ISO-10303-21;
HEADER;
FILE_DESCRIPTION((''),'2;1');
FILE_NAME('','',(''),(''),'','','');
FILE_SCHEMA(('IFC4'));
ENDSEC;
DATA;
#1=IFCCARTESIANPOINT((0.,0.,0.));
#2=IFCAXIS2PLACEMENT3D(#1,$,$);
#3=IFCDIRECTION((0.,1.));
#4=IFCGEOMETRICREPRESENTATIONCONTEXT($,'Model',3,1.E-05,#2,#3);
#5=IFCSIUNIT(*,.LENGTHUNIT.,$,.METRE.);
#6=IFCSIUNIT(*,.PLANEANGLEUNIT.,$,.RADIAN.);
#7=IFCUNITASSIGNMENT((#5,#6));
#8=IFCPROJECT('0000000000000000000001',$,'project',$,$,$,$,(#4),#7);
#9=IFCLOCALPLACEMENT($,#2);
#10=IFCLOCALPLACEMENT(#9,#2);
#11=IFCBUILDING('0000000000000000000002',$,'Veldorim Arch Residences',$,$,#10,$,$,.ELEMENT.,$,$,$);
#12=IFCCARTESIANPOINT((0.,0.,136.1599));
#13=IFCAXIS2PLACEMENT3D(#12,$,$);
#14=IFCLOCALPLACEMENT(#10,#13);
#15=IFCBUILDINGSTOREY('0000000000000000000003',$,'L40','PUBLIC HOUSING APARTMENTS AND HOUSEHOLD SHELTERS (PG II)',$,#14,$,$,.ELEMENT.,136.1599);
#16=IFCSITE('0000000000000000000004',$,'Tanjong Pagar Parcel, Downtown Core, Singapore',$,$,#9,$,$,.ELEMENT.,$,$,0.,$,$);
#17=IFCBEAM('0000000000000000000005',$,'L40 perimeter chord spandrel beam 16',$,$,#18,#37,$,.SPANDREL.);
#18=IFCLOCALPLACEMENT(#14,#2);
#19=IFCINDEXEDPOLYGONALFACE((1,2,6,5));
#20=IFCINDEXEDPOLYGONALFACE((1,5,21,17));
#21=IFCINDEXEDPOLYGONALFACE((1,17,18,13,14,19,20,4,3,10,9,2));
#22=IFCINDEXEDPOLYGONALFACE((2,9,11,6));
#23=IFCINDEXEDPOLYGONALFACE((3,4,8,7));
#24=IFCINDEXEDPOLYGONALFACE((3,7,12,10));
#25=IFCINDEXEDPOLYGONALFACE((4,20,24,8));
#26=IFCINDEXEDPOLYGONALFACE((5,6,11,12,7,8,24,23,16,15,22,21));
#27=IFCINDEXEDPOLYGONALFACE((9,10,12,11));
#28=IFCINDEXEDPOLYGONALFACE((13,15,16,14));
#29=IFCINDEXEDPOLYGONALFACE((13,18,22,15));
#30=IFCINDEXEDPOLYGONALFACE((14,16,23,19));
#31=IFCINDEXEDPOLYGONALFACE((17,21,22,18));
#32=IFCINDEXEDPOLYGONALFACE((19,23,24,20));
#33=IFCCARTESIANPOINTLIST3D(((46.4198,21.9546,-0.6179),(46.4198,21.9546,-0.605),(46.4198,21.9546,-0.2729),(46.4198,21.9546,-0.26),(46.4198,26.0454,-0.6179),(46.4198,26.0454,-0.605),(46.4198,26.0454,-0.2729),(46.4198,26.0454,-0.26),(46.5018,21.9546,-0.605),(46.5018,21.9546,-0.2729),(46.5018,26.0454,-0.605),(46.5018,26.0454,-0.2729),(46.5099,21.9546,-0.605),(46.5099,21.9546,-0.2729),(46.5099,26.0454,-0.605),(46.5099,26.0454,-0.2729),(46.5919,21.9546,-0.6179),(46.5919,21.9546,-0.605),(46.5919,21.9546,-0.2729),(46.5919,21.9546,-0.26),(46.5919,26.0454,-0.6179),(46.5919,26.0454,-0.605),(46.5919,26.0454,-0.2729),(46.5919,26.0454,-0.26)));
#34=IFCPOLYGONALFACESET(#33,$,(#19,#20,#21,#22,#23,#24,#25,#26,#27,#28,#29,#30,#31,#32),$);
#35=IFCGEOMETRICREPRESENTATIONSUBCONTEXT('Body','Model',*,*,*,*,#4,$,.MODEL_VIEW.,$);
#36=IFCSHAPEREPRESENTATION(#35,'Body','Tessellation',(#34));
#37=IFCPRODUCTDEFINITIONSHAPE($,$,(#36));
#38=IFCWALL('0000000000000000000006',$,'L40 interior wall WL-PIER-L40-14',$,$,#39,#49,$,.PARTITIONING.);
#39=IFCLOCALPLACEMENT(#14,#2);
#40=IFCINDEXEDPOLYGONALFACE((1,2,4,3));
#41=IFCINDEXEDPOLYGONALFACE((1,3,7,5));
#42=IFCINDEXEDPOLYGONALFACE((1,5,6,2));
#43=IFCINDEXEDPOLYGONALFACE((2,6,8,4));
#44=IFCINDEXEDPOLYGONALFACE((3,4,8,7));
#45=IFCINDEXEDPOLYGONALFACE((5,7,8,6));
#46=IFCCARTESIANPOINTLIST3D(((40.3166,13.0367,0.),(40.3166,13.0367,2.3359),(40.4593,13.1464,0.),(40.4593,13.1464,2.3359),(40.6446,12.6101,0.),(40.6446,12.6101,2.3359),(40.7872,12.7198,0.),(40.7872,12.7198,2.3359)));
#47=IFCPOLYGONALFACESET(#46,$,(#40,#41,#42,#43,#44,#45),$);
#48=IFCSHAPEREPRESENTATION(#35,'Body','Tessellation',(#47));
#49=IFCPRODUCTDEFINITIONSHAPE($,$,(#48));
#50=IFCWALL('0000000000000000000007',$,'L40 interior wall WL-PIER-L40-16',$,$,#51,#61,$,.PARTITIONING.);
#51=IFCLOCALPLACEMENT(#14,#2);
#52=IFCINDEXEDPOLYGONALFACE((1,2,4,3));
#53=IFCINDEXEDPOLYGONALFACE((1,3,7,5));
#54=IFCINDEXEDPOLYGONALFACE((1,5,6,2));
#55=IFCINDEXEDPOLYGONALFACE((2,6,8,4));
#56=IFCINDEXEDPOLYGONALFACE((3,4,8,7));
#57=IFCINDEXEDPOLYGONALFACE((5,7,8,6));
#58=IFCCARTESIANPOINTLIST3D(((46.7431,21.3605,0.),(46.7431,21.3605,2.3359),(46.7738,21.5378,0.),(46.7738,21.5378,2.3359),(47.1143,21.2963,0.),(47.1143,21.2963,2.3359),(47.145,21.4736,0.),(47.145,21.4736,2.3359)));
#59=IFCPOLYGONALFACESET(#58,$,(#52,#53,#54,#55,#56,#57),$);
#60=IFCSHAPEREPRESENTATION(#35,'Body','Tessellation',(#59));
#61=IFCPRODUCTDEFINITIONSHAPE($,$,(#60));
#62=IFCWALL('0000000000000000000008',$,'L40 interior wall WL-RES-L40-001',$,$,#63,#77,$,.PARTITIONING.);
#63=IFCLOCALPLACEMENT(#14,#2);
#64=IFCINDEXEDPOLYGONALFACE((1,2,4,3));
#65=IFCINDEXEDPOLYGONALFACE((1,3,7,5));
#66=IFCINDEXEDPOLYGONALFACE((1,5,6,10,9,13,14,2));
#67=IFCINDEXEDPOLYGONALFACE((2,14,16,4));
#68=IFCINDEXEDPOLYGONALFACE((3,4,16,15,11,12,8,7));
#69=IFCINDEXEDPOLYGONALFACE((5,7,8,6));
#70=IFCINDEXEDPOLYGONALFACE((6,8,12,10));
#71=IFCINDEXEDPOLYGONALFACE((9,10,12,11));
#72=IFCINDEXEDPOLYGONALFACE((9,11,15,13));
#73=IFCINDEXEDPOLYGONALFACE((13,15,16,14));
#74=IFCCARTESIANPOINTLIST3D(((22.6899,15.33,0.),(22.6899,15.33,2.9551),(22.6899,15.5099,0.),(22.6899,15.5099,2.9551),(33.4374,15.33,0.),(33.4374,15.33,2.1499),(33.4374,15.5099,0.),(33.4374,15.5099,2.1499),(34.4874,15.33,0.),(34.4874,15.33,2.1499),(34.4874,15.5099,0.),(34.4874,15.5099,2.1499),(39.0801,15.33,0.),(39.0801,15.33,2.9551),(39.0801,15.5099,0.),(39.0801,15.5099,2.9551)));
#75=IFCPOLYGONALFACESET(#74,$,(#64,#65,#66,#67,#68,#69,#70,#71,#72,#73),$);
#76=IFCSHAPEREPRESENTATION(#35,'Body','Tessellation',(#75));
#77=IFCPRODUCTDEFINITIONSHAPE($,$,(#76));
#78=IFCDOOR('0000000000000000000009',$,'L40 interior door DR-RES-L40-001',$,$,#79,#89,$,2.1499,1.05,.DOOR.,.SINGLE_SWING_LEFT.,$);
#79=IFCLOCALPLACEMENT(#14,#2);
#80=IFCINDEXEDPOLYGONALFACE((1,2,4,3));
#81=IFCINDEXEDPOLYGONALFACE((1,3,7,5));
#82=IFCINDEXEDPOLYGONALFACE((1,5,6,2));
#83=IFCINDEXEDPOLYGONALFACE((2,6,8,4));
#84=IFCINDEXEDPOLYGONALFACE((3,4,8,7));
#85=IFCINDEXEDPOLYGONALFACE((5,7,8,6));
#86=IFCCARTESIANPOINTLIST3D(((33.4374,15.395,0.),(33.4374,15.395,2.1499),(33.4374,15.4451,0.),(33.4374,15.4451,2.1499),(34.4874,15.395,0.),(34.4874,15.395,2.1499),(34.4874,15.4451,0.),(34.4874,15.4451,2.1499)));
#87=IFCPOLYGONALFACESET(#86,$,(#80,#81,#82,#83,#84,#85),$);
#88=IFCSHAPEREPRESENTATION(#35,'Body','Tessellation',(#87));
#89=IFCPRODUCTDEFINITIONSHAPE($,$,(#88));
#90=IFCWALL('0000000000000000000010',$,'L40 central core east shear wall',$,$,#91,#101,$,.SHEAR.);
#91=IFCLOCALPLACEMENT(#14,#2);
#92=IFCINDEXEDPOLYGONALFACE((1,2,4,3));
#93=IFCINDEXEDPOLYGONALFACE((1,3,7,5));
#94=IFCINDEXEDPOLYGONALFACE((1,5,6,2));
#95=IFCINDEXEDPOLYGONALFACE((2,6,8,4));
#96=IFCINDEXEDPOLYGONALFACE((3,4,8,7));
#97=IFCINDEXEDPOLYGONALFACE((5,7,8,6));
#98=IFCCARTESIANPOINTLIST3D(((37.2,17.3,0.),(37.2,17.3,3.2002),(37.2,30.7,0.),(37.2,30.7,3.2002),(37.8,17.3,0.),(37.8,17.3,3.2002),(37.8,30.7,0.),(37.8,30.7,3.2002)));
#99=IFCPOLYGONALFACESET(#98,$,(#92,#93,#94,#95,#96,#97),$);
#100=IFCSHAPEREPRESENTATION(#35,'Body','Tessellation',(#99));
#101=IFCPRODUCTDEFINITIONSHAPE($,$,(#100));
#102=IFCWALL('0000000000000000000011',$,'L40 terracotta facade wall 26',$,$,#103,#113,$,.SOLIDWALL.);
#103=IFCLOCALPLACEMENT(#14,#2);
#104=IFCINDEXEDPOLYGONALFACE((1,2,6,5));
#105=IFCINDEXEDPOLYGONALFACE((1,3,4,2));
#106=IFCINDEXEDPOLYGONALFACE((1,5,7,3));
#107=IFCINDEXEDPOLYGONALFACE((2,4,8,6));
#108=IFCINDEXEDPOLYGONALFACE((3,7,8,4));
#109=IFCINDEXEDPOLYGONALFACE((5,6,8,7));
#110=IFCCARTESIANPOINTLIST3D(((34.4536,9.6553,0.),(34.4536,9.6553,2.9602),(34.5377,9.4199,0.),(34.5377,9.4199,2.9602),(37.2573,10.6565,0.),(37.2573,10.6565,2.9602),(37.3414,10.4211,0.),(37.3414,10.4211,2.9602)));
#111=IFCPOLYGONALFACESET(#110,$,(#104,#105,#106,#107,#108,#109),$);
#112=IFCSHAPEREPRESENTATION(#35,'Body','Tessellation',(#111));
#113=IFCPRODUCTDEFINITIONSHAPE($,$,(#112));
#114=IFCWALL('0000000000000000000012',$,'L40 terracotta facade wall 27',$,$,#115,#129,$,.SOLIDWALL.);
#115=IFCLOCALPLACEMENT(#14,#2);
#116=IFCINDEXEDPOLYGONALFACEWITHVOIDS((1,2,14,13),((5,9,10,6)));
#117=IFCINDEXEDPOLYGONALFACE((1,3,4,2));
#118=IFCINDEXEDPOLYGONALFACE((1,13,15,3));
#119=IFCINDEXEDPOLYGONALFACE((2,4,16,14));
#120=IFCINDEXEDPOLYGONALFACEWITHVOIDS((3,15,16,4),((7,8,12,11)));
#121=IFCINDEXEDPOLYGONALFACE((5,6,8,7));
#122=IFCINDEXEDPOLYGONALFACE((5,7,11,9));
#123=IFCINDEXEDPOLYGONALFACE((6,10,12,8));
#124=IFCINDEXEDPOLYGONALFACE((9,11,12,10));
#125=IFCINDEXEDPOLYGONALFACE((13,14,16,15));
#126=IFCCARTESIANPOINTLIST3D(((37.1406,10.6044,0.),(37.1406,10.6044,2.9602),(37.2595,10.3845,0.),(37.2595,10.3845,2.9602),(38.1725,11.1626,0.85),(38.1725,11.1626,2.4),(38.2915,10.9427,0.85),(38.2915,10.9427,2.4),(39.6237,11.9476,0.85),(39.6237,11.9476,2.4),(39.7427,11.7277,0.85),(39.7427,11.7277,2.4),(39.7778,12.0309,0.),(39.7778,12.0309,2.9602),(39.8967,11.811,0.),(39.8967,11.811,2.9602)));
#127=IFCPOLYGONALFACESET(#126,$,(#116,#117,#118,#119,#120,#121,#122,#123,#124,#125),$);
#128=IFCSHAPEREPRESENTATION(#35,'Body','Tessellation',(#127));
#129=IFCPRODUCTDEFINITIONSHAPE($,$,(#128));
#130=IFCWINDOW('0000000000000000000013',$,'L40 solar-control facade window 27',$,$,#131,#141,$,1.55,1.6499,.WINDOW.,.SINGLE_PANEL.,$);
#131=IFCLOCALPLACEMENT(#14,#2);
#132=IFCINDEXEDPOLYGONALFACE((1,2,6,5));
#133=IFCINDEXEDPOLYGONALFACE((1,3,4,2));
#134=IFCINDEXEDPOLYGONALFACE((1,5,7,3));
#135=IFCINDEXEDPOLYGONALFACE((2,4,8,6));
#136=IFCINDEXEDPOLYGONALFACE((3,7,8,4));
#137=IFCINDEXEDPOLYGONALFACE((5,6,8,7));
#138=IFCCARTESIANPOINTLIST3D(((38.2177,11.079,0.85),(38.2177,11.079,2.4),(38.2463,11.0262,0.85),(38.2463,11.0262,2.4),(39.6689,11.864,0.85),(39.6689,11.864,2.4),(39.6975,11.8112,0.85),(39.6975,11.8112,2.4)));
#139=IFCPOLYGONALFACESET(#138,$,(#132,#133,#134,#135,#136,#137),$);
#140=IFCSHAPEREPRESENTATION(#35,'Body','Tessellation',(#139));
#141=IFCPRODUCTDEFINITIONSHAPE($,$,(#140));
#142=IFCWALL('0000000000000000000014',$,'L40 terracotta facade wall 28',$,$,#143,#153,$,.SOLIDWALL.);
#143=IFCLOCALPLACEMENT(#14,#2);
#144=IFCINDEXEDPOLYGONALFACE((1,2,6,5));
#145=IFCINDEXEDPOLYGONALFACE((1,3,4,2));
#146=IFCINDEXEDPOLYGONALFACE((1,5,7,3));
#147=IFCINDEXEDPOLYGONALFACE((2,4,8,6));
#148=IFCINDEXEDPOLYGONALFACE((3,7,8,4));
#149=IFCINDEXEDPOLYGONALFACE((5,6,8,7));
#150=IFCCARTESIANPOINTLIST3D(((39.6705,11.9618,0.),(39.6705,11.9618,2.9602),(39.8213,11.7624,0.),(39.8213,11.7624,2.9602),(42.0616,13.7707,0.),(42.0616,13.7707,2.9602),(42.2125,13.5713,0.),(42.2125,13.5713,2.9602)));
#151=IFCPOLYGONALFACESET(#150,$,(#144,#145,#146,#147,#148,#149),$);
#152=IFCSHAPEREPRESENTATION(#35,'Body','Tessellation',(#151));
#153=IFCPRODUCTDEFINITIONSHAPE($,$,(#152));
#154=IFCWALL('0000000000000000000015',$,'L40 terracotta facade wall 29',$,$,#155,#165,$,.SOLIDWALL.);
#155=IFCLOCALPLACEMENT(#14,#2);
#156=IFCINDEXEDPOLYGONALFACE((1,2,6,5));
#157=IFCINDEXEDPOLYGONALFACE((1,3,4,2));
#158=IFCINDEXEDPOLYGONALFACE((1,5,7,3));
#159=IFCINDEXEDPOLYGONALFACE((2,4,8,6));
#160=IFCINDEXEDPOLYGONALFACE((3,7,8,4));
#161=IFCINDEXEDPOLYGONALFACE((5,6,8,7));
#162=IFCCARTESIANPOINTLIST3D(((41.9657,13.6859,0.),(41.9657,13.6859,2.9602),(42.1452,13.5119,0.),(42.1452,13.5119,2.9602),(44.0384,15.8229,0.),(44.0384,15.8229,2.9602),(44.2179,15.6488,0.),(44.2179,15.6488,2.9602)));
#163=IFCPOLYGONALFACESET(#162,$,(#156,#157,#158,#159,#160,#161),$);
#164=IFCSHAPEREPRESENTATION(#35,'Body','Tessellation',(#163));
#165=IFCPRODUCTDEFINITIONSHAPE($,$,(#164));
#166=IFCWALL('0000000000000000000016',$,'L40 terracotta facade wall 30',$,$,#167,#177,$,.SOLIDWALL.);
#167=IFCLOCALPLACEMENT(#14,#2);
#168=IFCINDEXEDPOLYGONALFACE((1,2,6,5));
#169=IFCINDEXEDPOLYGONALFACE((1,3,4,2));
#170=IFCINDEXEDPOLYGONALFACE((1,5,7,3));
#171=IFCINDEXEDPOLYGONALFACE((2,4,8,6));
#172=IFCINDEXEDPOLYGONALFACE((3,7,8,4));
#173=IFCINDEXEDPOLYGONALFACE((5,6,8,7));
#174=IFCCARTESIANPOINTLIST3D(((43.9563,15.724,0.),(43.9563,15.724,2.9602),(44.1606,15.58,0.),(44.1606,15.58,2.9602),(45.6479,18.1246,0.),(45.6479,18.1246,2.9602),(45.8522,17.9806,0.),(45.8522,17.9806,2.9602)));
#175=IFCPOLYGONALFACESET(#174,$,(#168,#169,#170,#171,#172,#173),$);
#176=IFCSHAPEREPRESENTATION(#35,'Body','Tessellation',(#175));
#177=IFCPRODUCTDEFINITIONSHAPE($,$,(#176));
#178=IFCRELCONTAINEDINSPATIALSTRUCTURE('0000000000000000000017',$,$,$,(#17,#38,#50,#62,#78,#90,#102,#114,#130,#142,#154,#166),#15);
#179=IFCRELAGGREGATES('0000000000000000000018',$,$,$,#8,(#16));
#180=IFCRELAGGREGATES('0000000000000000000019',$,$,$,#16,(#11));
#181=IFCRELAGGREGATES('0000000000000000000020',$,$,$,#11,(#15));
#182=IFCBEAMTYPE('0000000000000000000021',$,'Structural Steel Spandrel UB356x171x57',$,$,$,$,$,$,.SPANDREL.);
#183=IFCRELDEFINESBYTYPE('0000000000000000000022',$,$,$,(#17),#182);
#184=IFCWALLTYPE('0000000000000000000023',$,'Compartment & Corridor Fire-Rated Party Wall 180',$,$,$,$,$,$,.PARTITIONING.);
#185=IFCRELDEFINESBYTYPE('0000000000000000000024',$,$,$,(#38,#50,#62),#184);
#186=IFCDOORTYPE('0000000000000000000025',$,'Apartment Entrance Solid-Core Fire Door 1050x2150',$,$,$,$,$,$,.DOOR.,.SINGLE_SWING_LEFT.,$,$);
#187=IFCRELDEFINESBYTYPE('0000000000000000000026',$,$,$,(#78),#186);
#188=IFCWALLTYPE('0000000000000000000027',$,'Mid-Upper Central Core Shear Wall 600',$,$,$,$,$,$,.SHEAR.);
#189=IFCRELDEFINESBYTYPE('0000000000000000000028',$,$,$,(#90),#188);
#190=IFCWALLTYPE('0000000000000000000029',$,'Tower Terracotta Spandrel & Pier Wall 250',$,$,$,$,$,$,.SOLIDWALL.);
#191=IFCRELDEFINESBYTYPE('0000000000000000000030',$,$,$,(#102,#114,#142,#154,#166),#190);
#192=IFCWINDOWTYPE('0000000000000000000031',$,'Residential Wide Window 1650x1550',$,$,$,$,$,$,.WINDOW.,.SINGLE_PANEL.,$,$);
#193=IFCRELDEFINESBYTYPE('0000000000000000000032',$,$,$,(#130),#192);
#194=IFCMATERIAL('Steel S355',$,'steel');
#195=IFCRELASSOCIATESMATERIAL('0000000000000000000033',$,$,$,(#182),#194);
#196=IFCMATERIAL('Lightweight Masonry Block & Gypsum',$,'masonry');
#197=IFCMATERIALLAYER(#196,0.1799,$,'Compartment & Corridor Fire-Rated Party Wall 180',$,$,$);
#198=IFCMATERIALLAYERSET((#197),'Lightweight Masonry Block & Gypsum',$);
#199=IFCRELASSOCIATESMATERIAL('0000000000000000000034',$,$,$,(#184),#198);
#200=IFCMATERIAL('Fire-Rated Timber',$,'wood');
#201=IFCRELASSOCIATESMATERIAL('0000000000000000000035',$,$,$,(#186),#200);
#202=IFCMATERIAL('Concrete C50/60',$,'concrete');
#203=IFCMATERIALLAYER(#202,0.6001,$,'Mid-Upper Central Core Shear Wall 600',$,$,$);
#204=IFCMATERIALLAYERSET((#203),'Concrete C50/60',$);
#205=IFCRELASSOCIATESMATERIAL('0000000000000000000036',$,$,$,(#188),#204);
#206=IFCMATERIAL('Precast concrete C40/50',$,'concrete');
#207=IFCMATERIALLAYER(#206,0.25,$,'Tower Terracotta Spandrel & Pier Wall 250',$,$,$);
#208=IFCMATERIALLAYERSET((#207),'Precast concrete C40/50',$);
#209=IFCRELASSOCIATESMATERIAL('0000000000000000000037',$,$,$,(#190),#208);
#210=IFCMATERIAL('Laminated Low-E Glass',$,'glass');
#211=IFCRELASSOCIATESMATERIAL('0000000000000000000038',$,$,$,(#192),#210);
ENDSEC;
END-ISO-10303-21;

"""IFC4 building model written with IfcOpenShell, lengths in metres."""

from ifc_helpers import new_model, si_unit, direction, frame, frame_2d, origin, origin_2d, place, context, subcontext, project, spatial, rectangle, i_section, extrude, material, layer, layer_set, material_profile, profile_set, type_object, element, fill, save


model = new_model("IFC4")

# Units and contexts
model_context = context("Model", 3, precision=1e-05, world=origin(), true_north=direction((0.0, 1.0)))
body_context = subcontext(model_context, "Body", "Model", "MODEL_VIEW")
ifc_project = project(units=[si_unit("LENGTHUNIT", "METRE"), si_unit("PLANEANGLEUNIT", "RADIAN")], contexts=[model_context])

# Site, building, storey
site_placement = place(None, origin())
site = spatial("IfcSite", under=ifc_project, at=site_placement, Name="Tanjong Pagar Parcel, Downtown Core, Singapore", CompositionType="ELEMENT", RefElevation=0.0)
building_placement = place(site_placement, origin())
building = spatial("IfcBuilding", under=site, at=building_placement, Name="Veldorim Arch Residences", CompositionType="ELEMENT")
storey_placement = place(building_placement, frame((0.0, 0.0, 136.1599)))
storey = spatial("IfcBuildingStorey", under=building, at=storey_placement, Name="L40", Description="PUBLIC HOUSING APARTMENTS AND HOUSEHOLD SHELTERS (PG II)", CompositionType="ELEMENT", Elevation=136.1599)

# Beam
ifc_material_1 = material(Name="Steel S355", Category="steel")
ifc_material_profile_1 = material_profile(ifc_material_1, i_section(OverallWidth=0.1721, OverallDepth=0.3579, WebThickness=0.0081, FlangeThickness=0.0129, at=origin_2d()), Name="UB356x171x57")
ifc_profile_set_1 = profile_set([ifc_material_profile_1], Name="Steel S355")
beam_type_1 = type_object("IfcBeamType", Name="Structural Steel Spandrel UB356x171x57", PredefinedType="SPANDREL", material=ifc_profile_set_1)
beam_1_placement = place(storey_placement, frame((46.5059, 21.9546, -0.439), z_axis=(0.0, 1.0, 0.0), x_axis=(-1.0, 0.0, 0.0)))
element("IfcBeam", 1, at=beam_1_placement, inside=storey, type_object=beam_type_1, Name="L40 perimeter chord spandrel beam 16", PredefinedType="SPANDREL", context=body_context, shape_type="SweptSolid", body=[
    extrude(i_section(OverallWidth=0.1721, OverallDepth=0.3579, WebThickness=0.0081, FlangeThickness=0.0129, at=origin_2d()), origin(), (0.0, 0.0, 1.0), 4.0908),
])

# Walls
ifc_material_2 = material(Name="Lightweight Masonry Block & Gypsum", Category="masonry")
ifc_layer_1 = layer(ifc_material_2, 0.1799, Name="Compartment & Corridor Fire-Rated Party Wall 180")
ifc_layer_set_1 = layer_set([ifc_layer_1], Name="Lightweight Masonry Block & Gypsum")
wall_type_1 = type_object("IfcWallType", Name="Compartment & Corridor Fire-Rated Party Wall 180", PredefinedType="PARTITIONING", material=ifc_layer_set_1)
wall_1_placement = place(storey_placement, frame((40.3879, 13.0916, 0.0), z_axis=(0.0, 0.0, 1.0), x_axis=(0.609469, -0.79281, 0.0)))
element("IfcWall", 2, at=wall_1_placement, inside=storey, type_object=wall_type_1, Name="L40 interior wall WL-PIER-L40-14", PredefinedType="PARTITIONING", context=body_context, shape_type="SweptSolid", body=[
    extrude(rectangle(XDim=0.5381, YDim=0.1799, at=frame_2d((0.269, 0.0))), origin(), (0.0, 0.0, 1.0), 2.3359),
])
wall_2_placement = place(storey_placement, frame((46.7583, 21.4492, 0.0), z_axis=(0.0, 0.0, 1.0), x_axis=(0.985359, -0.170493, 0.0)))
element("IfcWall", 3, at=wall_2_placement, inside=storey, type_object=wall_type_1, Name="L40 interior wall WL-PIER-L40-16", PredefinedType="PARTITIONING", context=body_context, shape_type="SweptSolid", body=[
    extrude(rectangle(XDim=0.3767, YDim=0.1799, at=frame_2d((0.1885, 0.0))), origin(), (0.0, 0.0, 1.0), 2.3359),
])

# Wall, opening, door
wall_3_placement = place(storey_placement, frame((39.0801, 15.4199, 0.0), z_axis=(0.0, 0.0, 1.0), x_axis=(-1.0, 0.0, 0.0)))
wall_3 = element("IfcWall", 4, at=wall_3_placement, inside=storey, type_object=wall_type_1, Name="L40 interior wall WL-RES-L40-001", PredefinedType="PARTITIONING", context=body_context, shape_type="SweptSolid", body=[
    extrude(rectangle(XDim=16.3901, YDim=0.1799, at=frame_2d((8.1951, 0.0))), origin(), (0.0, 0.0, 1.0), 2.9551),
])
opening_1_placement = place(wall_3_placement, frame((4.5928, 0.0, 0.0)))
opening_1 = element("IfcOpeningElement", 5, at=opening_1_placement, cuts=wall_3, PredefinedType="OPENING", context=body_context, shape_type="SweptSolid", body=[
    extrude(rectangle(XDim=1.05, YDim=2.1499, at=frame_2d((0.5249, 1.075))), frame((0.0, 0.0999, 0.0), z_axis=(0.0, -1.0, 0.0), x_axis=(1.0, 0.0, 0.0)), (0.0, 0.0, 1.0), 0.2),
])
ifc_material_3 = material(Name="Fire-Rated Timber", Category="wood")
door_type = type_object("IfcDoorType", Name="Apartment Entrance Solid-Core Fire Door 1050x2150", OperationType="SINGLE_SWING_LEFT", PredefinedType="DOOR", material=ifc_material_3)
door_placement = place(opening_1_placement, origin())
door = element("IfcDoor", 6, at=door_placement, inside=storey, type_object=door_type, Name="L40 interior door DR-RES-L40-001", OperationType="SINGLE_SWING_LEFT", OverallHeight=2.1499, OverallWidth=1.05, PredefinedType="DOOR", context=body_context, shape_type="SweptSolid", body=[
    extrude(rectangle(XDim=1.05, YDim=2.1499, at=frame_2d((0.5249, 1.075))), frame((0.0, 0.0249, 0.0), z_axis=(0.0, -1.0, 0.0), x_axis=(1.0, 0.0, 0.0)), (0.0, 0.0, 1.0), 0.05),
])
fill(opening_1, door)

# Walls
ifc_material_4 = material(Name="Concrete C50/60", Category="concrete")
ifc_layer_2 = layer(ifc_material_4, 0.6001, Name="Mid-Upper Central Core Shear Wall 600")
ifc_layer_set_2 = layer_set([ifc_layer_2], Name="Concrete C50/60")
wall_type_2 = type_object("IfcWallType", Name="Mid-Upper Central Core Shear Wall 600", PredefinedType="SHEAR", material=ifc_layer_set_2)
wall_4_placement = place(storey_placement, frame((37.5, 17.3, 0.0), z_axis=(0.0, 0.0, 1.0), x_axis=(0.0, 1.0, 0.0)))
element("IfcWall", 7, at=wall_4_placement, inside=storey, type_object=wall_type_2, Name="L40 central core east shear wall", PredefinedType="SHEAR", context=body_context, shape_type="SweptSolid", body=[
    extrude(rectangle(XDim=13.3999, YDim=0.6001, at=frame_2d((6.7, 0.0))), origin(), (0.0, 0.0, 1.0), 3.2002),
])
ifc_material_5 = material(Name="Precast concrete C40/50", Category="concrete")
ifc_layer_3 = layer(ifc_material_5, 0.25, Name="Tower Terracotta Spandrel & Pier Wall 250")
ifc_layer_set_3 = layer_set([ifc_layer_3], Name="Precast concrete C40/50")
wall_type_3 = type_object("IfcWallType", Name="Tower Terracotta Spandrel & Pier Wall 250", PredefinedType="SOLIDWALL", material=ifc_layer_set_3)
wall_5_placement = place(storey_placement, frame((37.2993, 10.5388, 0.0), z_axis=(0.0, 0.0, 1.0), x_axis=(-0.941753, -0.336305, 0.0)))
element("IfcWall", 8, at=wall_5_placement, inside=storey, type_object=wall_type_3, Name="L40 terracotta facade wall 26", PredefinedType="SOLIDWALL", context=body_context, shape_type="SweptSolid", body=[
    extrude(rectangle(XDim=2.9771, YDim=0.25, at=frame_2d((1.4885, 0.0))), origin(), (0.0, 0.0, 1.0), 2.9602),
])

# Wall, opening, window
wall_6_placement = place(storey_placement, frame((39.8372, 11.9209, 0.0), z_axis=(0.0, 0.0, 1.0), x_axis=(-0.879567, -0.475774, 0.0)))
wall_6 = element("IfcWall", 9, at=wall_6_placement, inside=storey, type_object=wall_type_3, Name="L40 terracotta facade wall 27", PredefinedType="SOLIDWALL", context=body_context, shape_type="SweptSolid", body=[
    extrude(rectangle(XDim=2.9983, YDim=0.25, at=frame_2d((1.499, 0.0))), origin(), (0.0, 0.0, 1.0), 2.9602),
])
opening_2_placement = place(wall_6_placement, frame((0.175, 0.0, 0.8501)))
opening_2 = element("IfcOpeningElement", 10, at=opening_2_placement, cuts=wall_6, PredefinedType="OPENING", context=body_context, shape_type="SweptSolid", body=[
    extrude(rectangle(XDim=1.6499, YDim=1.55, at=frame_2d((0.825, 0.7749))), frame((0.0, 0.135, 0.0), z_axis=(0.0, -1.0, 0.0), x_axis=(1.0, 0.0, 0.0)), (0.0, 0.0, 1.0), 0.27),
])
ifc_material_6 = material(Name="Laminated Low-E Glass", Category="glass")
window_type = type_object("IfcWindowType", Name="Residential Wide Window 1650x1550", PartitioningType="SINGLE_PANEL", PredefinedType="WINDOW", material=ifc_material_6)
window_placement = place(opening_2_placement, origin())
window = element("IfcWindow", 11, at=window_placement, inside=storey, type_object=window_type, Name="L40 solar-control facade window 27", OverallHeight=1.55, OverallWidth=1.6499, PartitioningType="SINGLE_PANEL", PredefinedType="WINDOW", context=body_context, shape_type="SweptSolid", body=[
    extrude(rectangle(XDim=1.6499, YDim=1.55, at=frame_2d((0.825, 0.7749))), frame((0.0, 0.03, 0.0), z_axis=(0.0, -1.0, 0.0), x_axis=(1.0, 0.0, 0.0)), (0.0, 0.0, 1.0), 0.0601),
])
fill(opening_2, window)

# Walls
wall_7_placement = place(storey_placement, frame((42.137, 13.6709, 0.0), z_axis=(0.0, 0.0, 1.0), x_axis=(-0.797511, -0.603304, 0.0)))
element("IfcWall", 12, at=wall_7_placement, inside=storey, type_object=wall_type_3, Name="L40 terracotta facade wall 28", PredefinedType="SOLIDWALL", context=body_context, shape_type="SweptSolid", body=[
    extrude(rectangle(XDim=2.9983, YDim=0.25, at=frame_2d((1.499, 0.0))), origin(), (0.0, 0.0, 1.0), 2.9602),
])
wall_8_placement = place(storey_placement, frame((44.1282, 15.7358, 0.0), z_axis=(0.0, 0.0, 1.0), x_axis=(-0.696241, -0.717808, 0.0)))
element("IfcWall", 13, at=wall_8_placement, inside=storey, type_object=wall_type_3, Name="L40 terracotta facade wall 29", PredefinedType="SOLIDWALL", context=body_context, shape_type="SweptSolid", body=[
    extrude(rectangle(XDim=2.9771, YDim=0.25, at=frame_2d((1.4885, 0.0))), origin(), (0.0, 0.0, 1.0), 2.9602),
])
wall_9_placement = place(storey_placement, frame((45.75, 18.0525, 0.0), z_axis=(0.0, 0.0, 1.0), x_axis=(-0.57602, -0.817435, 0.0)))
element("IfcWall", 14, at=wall_9_placement, inside=storey, type_object=wall_type_3, Name="L40 terracotta facade wall 30", PredefinedType="SOLIDWALL", context=body_context, shape_type="SweptSolid", body=[
    extrude(rectangle(XDim=2.9368, YDim=0.25, at=frame_2d((1.4683, 0.0))), origin(), (0.0, 0.0, 1.0), 2.9602),
])

save(model, "model.ifc")
